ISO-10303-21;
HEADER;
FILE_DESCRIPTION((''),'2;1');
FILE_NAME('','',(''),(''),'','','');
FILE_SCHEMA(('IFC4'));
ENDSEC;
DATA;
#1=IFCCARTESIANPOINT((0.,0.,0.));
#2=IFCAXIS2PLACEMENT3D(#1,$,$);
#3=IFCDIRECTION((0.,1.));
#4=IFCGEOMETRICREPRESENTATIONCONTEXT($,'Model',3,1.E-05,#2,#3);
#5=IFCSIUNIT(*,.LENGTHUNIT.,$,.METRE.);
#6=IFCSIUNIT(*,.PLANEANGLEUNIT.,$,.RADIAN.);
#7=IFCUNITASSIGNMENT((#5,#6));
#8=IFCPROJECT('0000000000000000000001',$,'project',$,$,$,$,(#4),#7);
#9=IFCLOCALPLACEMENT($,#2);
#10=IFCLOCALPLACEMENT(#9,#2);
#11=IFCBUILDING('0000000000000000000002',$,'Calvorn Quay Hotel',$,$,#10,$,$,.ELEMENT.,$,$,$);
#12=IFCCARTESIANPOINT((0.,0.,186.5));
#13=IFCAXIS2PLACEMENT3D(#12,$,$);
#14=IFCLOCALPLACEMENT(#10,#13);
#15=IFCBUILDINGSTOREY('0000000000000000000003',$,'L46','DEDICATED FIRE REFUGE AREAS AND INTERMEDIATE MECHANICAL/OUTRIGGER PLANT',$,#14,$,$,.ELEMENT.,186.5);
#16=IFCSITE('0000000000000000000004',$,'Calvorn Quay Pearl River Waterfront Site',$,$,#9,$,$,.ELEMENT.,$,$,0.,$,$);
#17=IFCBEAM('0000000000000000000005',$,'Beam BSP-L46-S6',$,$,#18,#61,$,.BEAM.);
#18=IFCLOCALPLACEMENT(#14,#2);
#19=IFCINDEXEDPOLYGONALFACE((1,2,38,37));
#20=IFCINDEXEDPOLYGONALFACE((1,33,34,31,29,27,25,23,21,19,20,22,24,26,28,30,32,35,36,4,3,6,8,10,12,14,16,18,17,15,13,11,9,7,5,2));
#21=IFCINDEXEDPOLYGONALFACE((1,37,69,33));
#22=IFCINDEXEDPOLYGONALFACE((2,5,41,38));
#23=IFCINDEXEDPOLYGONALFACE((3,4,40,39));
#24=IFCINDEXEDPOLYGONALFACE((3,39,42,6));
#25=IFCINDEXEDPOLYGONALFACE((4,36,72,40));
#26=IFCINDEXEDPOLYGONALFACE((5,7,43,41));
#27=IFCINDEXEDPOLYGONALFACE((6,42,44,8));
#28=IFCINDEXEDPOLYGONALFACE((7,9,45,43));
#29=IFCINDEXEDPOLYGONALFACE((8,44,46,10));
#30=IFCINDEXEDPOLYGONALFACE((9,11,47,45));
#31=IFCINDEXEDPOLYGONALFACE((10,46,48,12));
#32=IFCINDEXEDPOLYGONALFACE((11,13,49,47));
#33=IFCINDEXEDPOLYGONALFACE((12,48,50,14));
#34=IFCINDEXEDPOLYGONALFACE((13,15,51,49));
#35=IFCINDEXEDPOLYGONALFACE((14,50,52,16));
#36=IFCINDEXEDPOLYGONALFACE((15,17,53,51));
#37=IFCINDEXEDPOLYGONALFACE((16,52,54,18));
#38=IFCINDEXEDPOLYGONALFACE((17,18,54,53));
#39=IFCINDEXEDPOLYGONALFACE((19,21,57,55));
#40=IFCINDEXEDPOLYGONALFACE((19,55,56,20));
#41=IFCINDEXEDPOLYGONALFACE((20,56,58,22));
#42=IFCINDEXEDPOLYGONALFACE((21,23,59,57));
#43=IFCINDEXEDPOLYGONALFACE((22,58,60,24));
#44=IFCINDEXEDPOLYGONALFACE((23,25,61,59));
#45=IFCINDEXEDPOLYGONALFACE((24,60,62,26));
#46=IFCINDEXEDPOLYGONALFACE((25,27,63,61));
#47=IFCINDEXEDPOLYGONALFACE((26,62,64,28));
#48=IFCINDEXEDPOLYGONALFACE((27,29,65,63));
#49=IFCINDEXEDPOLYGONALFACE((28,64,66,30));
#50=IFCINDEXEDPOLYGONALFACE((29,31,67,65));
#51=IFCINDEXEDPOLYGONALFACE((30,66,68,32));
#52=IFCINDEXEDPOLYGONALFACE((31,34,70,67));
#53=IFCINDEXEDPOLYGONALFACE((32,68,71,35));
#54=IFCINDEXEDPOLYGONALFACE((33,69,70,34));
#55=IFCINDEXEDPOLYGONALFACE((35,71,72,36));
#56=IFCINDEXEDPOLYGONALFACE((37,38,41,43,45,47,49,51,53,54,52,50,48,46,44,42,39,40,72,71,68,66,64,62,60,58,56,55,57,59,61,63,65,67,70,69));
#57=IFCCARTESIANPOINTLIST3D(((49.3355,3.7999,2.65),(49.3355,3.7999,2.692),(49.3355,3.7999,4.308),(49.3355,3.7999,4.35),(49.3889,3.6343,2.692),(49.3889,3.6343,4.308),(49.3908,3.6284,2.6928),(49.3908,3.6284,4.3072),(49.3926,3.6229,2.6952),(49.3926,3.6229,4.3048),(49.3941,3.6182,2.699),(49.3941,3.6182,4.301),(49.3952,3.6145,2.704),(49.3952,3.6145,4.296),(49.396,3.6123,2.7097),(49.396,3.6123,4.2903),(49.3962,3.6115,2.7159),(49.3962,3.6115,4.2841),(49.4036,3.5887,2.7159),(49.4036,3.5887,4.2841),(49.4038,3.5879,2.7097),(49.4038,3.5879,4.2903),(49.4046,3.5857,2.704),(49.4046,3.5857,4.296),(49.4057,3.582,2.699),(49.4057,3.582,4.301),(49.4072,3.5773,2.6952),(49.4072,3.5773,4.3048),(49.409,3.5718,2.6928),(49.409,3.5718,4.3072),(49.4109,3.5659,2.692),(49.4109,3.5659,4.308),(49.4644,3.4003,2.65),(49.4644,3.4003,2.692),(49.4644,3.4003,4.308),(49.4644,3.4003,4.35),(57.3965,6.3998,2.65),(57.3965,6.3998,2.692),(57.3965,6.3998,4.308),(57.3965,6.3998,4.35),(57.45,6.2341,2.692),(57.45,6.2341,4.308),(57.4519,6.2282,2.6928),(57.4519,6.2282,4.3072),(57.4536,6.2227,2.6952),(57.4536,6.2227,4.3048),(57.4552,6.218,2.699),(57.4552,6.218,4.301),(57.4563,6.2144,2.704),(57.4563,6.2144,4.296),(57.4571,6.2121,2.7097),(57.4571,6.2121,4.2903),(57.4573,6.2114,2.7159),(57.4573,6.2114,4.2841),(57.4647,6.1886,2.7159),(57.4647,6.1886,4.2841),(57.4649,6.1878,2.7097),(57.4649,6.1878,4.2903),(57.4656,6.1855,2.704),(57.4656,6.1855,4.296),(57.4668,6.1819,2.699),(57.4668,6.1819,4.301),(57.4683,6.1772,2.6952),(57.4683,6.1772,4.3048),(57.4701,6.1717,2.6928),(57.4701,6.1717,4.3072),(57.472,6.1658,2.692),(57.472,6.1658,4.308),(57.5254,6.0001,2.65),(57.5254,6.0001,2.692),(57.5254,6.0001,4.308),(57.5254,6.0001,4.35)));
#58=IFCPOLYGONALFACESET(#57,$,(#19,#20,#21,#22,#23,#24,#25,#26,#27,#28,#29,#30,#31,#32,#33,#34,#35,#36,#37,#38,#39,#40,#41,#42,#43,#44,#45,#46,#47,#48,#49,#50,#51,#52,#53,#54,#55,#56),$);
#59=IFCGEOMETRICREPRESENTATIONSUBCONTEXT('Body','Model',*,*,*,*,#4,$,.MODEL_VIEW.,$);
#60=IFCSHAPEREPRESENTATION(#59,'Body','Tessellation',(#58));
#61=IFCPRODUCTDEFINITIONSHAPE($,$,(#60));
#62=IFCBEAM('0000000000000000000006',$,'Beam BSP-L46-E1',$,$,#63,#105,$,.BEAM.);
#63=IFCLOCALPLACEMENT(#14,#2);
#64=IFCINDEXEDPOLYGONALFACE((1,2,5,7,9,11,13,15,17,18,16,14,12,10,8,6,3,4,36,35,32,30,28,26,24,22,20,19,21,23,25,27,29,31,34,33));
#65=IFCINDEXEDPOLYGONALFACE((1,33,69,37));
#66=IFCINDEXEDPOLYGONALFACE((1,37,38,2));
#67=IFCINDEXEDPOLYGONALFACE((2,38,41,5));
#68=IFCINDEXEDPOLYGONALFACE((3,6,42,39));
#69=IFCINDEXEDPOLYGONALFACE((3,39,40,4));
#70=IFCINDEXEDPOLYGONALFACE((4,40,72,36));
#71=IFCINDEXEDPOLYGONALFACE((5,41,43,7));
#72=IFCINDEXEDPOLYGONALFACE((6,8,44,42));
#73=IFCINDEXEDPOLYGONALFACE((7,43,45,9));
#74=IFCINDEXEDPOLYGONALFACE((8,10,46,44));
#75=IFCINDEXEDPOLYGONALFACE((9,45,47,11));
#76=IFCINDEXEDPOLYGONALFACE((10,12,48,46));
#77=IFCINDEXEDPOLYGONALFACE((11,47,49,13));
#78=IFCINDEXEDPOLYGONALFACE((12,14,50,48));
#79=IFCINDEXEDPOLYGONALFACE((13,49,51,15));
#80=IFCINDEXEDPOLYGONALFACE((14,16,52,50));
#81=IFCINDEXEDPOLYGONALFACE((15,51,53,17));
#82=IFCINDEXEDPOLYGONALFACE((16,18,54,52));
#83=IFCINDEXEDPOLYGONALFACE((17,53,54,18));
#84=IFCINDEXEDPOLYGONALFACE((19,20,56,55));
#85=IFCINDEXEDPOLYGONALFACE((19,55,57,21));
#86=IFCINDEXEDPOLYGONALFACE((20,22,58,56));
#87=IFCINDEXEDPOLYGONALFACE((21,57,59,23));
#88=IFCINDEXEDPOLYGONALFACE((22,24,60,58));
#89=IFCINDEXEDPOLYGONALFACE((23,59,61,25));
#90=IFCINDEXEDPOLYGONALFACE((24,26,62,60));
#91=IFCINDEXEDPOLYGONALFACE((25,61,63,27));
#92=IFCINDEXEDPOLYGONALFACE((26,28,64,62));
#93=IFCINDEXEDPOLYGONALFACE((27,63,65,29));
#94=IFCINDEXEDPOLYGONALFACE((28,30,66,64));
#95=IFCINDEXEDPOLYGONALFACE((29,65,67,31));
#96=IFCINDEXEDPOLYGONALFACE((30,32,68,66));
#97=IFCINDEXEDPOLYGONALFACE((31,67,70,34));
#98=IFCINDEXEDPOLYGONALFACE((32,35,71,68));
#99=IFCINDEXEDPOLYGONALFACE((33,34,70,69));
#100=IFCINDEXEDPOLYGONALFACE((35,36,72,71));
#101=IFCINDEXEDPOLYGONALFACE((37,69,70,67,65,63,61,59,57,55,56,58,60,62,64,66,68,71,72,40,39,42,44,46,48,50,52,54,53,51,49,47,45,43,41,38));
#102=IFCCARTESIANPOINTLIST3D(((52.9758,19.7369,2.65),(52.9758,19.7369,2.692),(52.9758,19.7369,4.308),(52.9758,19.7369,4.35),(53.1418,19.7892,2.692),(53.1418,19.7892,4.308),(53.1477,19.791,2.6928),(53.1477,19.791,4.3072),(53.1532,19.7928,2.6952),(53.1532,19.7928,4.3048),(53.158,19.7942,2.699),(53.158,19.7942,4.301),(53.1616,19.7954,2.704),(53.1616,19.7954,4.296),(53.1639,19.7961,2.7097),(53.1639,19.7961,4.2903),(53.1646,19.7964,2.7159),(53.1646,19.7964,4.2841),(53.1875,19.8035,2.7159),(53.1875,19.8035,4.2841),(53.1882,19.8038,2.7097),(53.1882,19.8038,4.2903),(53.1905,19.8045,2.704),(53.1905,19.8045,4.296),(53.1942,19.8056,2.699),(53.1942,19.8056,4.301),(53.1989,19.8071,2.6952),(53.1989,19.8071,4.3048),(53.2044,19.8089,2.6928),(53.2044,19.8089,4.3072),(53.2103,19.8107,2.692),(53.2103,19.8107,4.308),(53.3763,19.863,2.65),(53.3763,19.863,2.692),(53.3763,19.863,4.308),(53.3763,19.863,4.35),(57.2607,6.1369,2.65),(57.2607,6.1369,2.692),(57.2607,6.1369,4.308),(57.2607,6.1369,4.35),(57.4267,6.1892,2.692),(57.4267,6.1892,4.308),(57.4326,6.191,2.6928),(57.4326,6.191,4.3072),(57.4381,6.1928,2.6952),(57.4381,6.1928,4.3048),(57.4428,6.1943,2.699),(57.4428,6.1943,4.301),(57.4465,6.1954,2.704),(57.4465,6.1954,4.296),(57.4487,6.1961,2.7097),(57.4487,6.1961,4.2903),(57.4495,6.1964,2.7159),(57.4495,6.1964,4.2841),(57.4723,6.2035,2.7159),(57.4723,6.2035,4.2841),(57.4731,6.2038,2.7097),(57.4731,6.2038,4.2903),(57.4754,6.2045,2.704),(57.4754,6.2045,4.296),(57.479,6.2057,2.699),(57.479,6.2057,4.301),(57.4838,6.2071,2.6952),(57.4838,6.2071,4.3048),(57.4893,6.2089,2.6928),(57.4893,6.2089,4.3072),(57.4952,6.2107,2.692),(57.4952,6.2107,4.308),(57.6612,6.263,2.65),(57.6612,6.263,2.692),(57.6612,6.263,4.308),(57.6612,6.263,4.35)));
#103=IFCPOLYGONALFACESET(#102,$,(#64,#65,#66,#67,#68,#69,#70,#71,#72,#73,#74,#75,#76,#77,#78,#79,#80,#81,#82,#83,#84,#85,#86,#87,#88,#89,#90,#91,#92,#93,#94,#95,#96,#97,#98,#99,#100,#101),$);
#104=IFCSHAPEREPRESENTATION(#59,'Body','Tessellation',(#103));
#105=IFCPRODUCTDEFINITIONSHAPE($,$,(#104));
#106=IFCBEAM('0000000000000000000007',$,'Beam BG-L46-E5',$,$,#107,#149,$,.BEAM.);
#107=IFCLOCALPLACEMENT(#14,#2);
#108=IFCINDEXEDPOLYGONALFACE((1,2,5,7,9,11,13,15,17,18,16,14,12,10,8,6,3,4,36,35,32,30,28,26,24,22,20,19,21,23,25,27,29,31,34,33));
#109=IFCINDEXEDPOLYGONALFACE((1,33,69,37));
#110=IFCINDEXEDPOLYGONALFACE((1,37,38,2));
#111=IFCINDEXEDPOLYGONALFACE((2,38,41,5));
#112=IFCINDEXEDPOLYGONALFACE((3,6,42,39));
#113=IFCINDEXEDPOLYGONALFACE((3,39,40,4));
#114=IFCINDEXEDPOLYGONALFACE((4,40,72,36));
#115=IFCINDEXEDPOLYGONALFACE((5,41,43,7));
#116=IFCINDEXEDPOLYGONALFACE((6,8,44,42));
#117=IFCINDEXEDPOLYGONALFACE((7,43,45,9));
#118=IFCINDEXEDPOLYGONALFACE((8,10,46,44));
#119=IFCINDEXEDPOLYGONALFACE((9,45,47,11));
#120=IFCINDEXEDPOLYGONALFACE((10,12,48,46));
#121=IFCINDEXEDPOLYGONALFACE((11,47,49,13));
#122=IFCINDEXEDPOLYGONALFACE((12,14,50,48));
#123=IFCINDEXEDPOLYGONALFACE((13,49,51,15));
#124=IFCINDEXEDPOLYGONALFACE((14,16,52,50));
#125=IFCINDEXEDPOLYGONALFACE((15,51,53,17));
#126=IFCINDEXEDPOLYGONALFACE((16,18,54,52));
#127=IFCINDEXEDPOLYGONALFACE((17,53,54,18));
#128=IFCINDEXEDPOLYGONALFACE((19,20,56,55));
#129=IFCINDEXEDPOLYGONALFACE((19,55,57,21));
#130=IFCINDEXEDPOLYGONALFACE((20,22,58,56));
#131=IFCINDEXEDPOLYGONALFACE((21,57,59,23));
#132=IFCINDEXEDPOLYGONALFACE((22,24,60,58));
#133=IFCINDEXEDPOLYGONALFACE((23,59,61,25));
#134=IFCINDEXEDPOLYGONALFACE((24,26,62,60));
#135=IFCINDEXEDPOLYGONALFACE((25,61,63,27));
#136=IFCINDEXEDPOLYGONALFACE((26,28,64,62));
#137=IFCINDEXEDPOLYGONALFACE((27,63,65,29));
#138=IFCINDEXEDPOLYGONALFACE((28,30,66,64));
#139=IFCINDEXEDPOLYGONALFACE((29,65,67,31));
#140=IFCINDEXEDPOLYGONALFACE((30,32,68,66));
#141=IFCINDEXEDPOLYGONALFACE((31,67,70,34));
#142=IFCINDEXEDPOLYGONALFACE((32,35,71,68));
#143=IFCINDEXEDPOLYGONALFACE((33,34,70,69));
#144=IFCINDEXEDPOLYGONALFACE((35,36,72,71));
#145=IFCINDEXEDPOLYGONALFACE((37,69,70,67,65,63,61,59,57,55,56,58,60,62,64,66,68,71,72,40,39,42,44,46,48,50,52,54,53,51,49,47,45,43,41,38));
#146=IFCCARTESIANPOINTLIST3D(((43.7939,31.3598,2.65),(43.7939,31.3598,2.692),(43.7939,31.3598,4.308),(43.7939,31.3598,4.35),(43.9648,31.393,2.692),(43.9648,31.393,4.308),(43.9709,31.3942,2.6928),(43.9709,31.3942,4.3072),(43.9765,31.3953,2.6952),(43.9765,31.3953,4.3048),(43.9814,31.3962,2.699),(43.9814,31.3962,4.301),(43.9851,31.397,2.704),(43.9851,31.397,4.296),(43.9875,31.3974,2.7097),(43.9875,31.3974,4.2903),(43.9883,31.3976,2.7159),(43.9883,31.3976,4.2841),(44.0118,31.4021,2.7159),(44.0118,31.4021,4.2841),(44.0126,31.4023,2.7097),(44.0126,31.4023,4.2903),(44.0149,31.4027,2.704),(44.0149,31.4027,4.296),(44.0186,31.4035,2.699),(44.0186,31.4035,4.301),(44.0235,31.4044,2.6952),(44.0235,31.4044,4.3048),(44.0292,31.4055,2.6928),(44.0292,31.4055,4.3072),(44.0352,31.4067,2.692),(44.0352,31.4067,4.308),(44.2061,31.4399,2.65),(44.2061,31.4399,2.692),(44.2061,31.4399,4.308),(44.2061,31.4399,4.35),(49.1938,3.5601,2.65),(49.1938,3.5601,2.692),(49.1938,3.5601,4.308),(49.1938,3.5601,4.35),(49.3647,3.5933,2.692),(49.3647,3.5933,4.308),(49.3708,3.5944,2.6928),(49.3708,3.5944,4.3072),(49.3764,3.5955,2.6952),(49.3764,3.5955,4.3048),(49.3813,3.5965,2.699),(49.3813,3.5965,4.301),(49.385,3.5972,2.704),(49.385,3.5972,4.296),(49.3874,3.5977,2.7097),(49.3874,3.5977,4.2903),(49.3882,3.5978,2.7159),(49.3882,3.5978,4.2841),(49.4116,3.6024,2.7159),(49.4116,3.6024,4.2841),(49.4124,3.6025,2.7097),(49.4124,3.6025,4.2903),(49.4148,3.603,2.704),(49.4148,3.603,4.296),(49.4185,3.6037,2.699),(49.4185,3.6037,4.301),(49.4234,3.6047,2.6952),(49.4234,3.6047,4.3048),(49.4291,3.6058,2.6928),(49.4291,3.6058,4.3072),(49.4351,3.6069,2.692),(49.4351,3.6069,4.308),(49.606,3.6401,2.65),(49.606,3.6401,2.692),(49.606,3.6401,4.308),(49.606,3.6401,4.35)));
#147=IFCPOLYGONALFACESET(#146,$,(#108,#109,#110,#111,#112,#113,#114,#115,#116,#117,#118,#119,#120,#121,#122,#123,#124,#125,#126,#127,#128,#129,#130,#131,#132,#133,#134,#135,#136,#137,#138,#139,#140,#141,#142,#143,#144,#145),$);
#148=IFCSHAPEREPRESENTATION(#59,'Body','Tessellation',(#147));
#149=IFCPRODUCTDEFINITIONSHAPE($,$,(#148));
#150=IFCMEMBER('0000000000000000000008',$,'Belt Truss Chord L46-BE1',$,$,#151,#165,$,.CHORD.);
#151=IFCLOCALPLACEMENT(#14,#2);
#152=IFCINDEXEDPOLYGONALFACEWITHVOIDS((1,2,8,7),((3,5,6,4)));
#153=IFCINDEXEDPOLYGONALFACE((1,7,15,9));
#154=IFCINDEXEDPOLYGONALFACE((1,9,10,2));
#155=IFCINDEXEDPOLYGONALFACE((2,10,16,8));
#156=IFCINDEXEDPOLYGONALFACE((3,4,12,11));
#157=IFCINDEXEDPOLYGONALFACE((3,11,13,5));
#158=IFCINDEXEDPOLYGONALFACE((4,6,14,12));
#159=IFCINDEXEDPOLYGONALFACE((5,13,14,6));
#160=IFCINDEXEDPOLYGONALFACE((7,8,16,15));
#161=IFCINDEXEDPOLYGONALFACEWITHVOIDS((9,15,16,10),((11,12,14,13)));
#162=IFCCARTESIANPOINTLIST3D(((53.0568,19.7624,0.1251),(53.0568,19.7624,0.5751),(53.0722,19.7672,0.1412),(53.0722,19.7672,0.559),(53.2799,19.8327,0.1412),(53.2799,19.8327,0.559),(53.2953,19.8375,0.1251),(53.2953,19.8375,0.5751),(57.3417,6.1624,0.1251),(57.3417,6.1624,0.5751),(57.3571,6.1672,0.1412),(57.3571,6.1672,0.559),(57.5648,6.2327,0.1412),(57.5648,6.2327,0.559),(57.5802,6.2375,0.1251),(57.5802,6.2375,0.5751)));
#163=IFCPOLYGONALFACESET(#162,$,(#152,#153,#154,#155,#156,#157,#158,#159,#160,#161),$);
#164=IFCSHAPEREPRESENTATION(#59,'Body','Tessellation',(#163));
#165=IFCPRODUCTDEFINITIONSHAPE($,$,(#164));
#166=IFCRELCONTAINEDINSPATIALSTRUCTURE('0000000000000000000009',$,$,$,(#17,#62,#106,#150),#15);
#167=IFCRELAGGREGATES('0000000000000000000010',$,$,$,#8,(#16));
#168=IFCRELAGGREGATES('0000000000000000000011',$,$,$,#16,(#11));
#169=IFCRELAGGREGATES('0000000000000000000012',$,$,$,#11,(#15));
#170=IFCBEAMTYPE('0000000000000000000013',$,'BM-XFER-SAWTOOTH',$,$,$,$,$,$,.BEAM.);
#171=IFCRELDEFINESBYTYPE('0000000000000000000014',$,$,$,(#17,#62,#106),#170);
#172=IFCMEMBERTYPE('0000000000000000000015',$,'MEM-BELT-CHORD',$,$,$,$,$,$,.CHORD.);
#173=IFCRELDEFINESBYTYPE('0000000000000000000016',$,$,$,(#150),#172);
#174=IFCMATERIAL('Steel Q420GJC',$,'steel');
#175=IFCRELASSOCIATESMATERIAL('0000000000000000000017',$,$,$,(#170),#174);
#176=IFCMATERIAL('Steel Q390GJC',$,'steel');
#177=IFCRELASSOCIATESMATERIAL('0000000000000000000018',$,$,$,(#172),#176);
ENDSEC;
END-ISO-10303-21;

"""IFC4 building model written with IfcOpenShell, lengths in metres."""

from ifc_helpers import new_model, si_unit, direction, frame, origin, origin_2d, place, context, subcontext, project, spatial, hollow_rectangle, i_section, extrude, material, material_profile, profile_set, type_object, element, save


model = new_model("IFC4")

# Units and contexts
model_context = context("Model", 3, precision=1e-05, world=origin(), true_north=direction((0.0, 1.0)))
body_context = subcontext(model_context, "Body", "Model", "MODEL_VIEW")
ifc_project = project(units=[si_unit("LENGTHUNIT", "METRE"), si_unit("PLANEANGLEUNIT", "RADIAN")], contexts=[model_context])

# Site, building, storey
site_placement = place(None, origin())
site = spatial("IfcSite", under=ifc_project, at=site_placement, Name="Calvorn Quay Pearl River Waterfront Site", CompositionType="ELEMENT", RefElevation=0.0)
building_placement = place(site_placement, origin())
building = spatial("IfcBuilding", under=site, at=building_placement, Name="Calvorn Quay Hotel", CompositionType="ELEMENT")
storey_placement = place(building_placement, frame((0.0, 0.0, 186.5)))
storey = spatial("IfcBuildingStorey", under=building, at=storey_placement, Name="L46", Description="DEDICATED FIRE REFUGE AREAS AND INTERMEDIATE MECHANICAL/OUTRIGGER PLANT", CompositionType="ELEMENT", Elevation=186.5)

# Beams
ifc_material_1 = material(Name="Steel Q420GJC", Category="steel")
ifc_material_profile_1 = material_profile(ifc_material_1, i_section(OverallWidth=0.4199, OverallDepth=1.7, WebThickness=0.0239, FlangeThickness=0.042, FilletRadius=0.0239, at=origin_2d()), Name="HN1700x420x24x42")
ifc_profile_set_1 = profile_set([ifc_material_profile_1], Name="Steel Q420GJC")
beam_type_1 = type_object("IfcBeamType", Name="BM-XFER-SAWTOOTH", PredefinedType="BEAM", material=ifc_profile_set_1)
beam_1_placement = place(storey_placement, frame((49.3999, 3.6001, 3.5), z_axis=(0.951725, 0.306951, 0.0), x_axis=(-0.306951, 0.951725, 0.0)))
element("IfcBeam", 1, at=beam_1_placement, inside=storey, type_object=beam_type_1, Name="Beam BSP-L46-S6", PredefinedType="BEAM", context=body_context, shape_type="SweptSolid", body=[
    extrude(i_section(OverallWidth=0.4199, OverallDepth=1.7, WebThickness=0.0239, FlangeThickness=0.042, FilletRadius=0.0239, at=origin_2d()), origin(), (0.0, 0.0, 1.0), 8.47),
])
beam_2_placement = place(storey_placement, frame((57.4609, 6.2, 3.5), z_axis=(-0.300503, 0.953781, 0.0), x_axis=(-0.953781, -0.300503, 0.0)))
element("IfcBeam", 2, at=beam_2_placement, inside=storey, type_object=beam_type_1, Name="Beam BSP-L46-E1", PredefinedType="BEAM", context=body_context, shape_type="SweptSolid", body=[
    extrude(i_section(OverallWidth=0.4199, OverallDepth=1.7, WebThickness=0.0239, FlangeThickness=0.042, FilletRadius=0.0239, at=origin_2d()), origin(), (0.0, 0.0, 1.0), 14.259),
])
beam_3_placement = place(storey_placement, frame((49.3999, 3.6001, 3.5), z_axis=(-0.190679, 0.981653, 0.0), x_axis=(-0.981653, -0.190679, 0.0)))
element("IfcBeam", 3, at=beam_3_placement, inside=storey, type_object=beam_type_1, Name="Beam BG-L46-E5", PredefinedType="BEAM", context=body_context, shape_type="SweptSolid", body=[
    extrude(i_section(OverallWidth=0.4199, OverallDepth=1.7, WebThickness=0.0239, FlangeThickness=0.042, FilletRadius=0.0239, at=origin_2d()), origin(), (0.0, 0.0, 1.0), 28.3193),
])

# Member
ifc_material_2 = material(Name="Steel Q390GJC", Category="steel")
ifc_material_profile_2 = material_profile(ifc_material_2, hollow_rectangle(XDim=0.25, YDim=0.45, WallThickness=0.0161, at=origin_2d()), Name="RHS450x250x16")
ifc_profile_set_2 = profile_set([ifc_material_profile_2], Name="Steel Q390GJC")
member_type_1 = type_object("IfcMemberType", Name="MEM-BELT-CHORD", PredefinedType="CHORD", material=ifc_profile_set_2)
member_1_placement = place(storey_placement, frame((57.4609, 6.2, 0.3501), z_axis=(-0.300503, 0.953781, 0.0), x_axis=(-0.953781, -0.300503, 0.0)))
element("IfcMember", 4, at=member_1_placement, inside=storey, type_object=member_type_1, Name="Belt Truss Chord L46-BE1", PredefinedType="CHORD", context=body_context, shape_type="SweptSolid", body=[
    extrude(hollow_rectangle(XDim=0.25, YDim=0.45, WallThickness=0.0161, at=origin_2d()), origin(), (0.0, 0.0, 1.0), 14.259),
])

save(model, "model.ifc")
